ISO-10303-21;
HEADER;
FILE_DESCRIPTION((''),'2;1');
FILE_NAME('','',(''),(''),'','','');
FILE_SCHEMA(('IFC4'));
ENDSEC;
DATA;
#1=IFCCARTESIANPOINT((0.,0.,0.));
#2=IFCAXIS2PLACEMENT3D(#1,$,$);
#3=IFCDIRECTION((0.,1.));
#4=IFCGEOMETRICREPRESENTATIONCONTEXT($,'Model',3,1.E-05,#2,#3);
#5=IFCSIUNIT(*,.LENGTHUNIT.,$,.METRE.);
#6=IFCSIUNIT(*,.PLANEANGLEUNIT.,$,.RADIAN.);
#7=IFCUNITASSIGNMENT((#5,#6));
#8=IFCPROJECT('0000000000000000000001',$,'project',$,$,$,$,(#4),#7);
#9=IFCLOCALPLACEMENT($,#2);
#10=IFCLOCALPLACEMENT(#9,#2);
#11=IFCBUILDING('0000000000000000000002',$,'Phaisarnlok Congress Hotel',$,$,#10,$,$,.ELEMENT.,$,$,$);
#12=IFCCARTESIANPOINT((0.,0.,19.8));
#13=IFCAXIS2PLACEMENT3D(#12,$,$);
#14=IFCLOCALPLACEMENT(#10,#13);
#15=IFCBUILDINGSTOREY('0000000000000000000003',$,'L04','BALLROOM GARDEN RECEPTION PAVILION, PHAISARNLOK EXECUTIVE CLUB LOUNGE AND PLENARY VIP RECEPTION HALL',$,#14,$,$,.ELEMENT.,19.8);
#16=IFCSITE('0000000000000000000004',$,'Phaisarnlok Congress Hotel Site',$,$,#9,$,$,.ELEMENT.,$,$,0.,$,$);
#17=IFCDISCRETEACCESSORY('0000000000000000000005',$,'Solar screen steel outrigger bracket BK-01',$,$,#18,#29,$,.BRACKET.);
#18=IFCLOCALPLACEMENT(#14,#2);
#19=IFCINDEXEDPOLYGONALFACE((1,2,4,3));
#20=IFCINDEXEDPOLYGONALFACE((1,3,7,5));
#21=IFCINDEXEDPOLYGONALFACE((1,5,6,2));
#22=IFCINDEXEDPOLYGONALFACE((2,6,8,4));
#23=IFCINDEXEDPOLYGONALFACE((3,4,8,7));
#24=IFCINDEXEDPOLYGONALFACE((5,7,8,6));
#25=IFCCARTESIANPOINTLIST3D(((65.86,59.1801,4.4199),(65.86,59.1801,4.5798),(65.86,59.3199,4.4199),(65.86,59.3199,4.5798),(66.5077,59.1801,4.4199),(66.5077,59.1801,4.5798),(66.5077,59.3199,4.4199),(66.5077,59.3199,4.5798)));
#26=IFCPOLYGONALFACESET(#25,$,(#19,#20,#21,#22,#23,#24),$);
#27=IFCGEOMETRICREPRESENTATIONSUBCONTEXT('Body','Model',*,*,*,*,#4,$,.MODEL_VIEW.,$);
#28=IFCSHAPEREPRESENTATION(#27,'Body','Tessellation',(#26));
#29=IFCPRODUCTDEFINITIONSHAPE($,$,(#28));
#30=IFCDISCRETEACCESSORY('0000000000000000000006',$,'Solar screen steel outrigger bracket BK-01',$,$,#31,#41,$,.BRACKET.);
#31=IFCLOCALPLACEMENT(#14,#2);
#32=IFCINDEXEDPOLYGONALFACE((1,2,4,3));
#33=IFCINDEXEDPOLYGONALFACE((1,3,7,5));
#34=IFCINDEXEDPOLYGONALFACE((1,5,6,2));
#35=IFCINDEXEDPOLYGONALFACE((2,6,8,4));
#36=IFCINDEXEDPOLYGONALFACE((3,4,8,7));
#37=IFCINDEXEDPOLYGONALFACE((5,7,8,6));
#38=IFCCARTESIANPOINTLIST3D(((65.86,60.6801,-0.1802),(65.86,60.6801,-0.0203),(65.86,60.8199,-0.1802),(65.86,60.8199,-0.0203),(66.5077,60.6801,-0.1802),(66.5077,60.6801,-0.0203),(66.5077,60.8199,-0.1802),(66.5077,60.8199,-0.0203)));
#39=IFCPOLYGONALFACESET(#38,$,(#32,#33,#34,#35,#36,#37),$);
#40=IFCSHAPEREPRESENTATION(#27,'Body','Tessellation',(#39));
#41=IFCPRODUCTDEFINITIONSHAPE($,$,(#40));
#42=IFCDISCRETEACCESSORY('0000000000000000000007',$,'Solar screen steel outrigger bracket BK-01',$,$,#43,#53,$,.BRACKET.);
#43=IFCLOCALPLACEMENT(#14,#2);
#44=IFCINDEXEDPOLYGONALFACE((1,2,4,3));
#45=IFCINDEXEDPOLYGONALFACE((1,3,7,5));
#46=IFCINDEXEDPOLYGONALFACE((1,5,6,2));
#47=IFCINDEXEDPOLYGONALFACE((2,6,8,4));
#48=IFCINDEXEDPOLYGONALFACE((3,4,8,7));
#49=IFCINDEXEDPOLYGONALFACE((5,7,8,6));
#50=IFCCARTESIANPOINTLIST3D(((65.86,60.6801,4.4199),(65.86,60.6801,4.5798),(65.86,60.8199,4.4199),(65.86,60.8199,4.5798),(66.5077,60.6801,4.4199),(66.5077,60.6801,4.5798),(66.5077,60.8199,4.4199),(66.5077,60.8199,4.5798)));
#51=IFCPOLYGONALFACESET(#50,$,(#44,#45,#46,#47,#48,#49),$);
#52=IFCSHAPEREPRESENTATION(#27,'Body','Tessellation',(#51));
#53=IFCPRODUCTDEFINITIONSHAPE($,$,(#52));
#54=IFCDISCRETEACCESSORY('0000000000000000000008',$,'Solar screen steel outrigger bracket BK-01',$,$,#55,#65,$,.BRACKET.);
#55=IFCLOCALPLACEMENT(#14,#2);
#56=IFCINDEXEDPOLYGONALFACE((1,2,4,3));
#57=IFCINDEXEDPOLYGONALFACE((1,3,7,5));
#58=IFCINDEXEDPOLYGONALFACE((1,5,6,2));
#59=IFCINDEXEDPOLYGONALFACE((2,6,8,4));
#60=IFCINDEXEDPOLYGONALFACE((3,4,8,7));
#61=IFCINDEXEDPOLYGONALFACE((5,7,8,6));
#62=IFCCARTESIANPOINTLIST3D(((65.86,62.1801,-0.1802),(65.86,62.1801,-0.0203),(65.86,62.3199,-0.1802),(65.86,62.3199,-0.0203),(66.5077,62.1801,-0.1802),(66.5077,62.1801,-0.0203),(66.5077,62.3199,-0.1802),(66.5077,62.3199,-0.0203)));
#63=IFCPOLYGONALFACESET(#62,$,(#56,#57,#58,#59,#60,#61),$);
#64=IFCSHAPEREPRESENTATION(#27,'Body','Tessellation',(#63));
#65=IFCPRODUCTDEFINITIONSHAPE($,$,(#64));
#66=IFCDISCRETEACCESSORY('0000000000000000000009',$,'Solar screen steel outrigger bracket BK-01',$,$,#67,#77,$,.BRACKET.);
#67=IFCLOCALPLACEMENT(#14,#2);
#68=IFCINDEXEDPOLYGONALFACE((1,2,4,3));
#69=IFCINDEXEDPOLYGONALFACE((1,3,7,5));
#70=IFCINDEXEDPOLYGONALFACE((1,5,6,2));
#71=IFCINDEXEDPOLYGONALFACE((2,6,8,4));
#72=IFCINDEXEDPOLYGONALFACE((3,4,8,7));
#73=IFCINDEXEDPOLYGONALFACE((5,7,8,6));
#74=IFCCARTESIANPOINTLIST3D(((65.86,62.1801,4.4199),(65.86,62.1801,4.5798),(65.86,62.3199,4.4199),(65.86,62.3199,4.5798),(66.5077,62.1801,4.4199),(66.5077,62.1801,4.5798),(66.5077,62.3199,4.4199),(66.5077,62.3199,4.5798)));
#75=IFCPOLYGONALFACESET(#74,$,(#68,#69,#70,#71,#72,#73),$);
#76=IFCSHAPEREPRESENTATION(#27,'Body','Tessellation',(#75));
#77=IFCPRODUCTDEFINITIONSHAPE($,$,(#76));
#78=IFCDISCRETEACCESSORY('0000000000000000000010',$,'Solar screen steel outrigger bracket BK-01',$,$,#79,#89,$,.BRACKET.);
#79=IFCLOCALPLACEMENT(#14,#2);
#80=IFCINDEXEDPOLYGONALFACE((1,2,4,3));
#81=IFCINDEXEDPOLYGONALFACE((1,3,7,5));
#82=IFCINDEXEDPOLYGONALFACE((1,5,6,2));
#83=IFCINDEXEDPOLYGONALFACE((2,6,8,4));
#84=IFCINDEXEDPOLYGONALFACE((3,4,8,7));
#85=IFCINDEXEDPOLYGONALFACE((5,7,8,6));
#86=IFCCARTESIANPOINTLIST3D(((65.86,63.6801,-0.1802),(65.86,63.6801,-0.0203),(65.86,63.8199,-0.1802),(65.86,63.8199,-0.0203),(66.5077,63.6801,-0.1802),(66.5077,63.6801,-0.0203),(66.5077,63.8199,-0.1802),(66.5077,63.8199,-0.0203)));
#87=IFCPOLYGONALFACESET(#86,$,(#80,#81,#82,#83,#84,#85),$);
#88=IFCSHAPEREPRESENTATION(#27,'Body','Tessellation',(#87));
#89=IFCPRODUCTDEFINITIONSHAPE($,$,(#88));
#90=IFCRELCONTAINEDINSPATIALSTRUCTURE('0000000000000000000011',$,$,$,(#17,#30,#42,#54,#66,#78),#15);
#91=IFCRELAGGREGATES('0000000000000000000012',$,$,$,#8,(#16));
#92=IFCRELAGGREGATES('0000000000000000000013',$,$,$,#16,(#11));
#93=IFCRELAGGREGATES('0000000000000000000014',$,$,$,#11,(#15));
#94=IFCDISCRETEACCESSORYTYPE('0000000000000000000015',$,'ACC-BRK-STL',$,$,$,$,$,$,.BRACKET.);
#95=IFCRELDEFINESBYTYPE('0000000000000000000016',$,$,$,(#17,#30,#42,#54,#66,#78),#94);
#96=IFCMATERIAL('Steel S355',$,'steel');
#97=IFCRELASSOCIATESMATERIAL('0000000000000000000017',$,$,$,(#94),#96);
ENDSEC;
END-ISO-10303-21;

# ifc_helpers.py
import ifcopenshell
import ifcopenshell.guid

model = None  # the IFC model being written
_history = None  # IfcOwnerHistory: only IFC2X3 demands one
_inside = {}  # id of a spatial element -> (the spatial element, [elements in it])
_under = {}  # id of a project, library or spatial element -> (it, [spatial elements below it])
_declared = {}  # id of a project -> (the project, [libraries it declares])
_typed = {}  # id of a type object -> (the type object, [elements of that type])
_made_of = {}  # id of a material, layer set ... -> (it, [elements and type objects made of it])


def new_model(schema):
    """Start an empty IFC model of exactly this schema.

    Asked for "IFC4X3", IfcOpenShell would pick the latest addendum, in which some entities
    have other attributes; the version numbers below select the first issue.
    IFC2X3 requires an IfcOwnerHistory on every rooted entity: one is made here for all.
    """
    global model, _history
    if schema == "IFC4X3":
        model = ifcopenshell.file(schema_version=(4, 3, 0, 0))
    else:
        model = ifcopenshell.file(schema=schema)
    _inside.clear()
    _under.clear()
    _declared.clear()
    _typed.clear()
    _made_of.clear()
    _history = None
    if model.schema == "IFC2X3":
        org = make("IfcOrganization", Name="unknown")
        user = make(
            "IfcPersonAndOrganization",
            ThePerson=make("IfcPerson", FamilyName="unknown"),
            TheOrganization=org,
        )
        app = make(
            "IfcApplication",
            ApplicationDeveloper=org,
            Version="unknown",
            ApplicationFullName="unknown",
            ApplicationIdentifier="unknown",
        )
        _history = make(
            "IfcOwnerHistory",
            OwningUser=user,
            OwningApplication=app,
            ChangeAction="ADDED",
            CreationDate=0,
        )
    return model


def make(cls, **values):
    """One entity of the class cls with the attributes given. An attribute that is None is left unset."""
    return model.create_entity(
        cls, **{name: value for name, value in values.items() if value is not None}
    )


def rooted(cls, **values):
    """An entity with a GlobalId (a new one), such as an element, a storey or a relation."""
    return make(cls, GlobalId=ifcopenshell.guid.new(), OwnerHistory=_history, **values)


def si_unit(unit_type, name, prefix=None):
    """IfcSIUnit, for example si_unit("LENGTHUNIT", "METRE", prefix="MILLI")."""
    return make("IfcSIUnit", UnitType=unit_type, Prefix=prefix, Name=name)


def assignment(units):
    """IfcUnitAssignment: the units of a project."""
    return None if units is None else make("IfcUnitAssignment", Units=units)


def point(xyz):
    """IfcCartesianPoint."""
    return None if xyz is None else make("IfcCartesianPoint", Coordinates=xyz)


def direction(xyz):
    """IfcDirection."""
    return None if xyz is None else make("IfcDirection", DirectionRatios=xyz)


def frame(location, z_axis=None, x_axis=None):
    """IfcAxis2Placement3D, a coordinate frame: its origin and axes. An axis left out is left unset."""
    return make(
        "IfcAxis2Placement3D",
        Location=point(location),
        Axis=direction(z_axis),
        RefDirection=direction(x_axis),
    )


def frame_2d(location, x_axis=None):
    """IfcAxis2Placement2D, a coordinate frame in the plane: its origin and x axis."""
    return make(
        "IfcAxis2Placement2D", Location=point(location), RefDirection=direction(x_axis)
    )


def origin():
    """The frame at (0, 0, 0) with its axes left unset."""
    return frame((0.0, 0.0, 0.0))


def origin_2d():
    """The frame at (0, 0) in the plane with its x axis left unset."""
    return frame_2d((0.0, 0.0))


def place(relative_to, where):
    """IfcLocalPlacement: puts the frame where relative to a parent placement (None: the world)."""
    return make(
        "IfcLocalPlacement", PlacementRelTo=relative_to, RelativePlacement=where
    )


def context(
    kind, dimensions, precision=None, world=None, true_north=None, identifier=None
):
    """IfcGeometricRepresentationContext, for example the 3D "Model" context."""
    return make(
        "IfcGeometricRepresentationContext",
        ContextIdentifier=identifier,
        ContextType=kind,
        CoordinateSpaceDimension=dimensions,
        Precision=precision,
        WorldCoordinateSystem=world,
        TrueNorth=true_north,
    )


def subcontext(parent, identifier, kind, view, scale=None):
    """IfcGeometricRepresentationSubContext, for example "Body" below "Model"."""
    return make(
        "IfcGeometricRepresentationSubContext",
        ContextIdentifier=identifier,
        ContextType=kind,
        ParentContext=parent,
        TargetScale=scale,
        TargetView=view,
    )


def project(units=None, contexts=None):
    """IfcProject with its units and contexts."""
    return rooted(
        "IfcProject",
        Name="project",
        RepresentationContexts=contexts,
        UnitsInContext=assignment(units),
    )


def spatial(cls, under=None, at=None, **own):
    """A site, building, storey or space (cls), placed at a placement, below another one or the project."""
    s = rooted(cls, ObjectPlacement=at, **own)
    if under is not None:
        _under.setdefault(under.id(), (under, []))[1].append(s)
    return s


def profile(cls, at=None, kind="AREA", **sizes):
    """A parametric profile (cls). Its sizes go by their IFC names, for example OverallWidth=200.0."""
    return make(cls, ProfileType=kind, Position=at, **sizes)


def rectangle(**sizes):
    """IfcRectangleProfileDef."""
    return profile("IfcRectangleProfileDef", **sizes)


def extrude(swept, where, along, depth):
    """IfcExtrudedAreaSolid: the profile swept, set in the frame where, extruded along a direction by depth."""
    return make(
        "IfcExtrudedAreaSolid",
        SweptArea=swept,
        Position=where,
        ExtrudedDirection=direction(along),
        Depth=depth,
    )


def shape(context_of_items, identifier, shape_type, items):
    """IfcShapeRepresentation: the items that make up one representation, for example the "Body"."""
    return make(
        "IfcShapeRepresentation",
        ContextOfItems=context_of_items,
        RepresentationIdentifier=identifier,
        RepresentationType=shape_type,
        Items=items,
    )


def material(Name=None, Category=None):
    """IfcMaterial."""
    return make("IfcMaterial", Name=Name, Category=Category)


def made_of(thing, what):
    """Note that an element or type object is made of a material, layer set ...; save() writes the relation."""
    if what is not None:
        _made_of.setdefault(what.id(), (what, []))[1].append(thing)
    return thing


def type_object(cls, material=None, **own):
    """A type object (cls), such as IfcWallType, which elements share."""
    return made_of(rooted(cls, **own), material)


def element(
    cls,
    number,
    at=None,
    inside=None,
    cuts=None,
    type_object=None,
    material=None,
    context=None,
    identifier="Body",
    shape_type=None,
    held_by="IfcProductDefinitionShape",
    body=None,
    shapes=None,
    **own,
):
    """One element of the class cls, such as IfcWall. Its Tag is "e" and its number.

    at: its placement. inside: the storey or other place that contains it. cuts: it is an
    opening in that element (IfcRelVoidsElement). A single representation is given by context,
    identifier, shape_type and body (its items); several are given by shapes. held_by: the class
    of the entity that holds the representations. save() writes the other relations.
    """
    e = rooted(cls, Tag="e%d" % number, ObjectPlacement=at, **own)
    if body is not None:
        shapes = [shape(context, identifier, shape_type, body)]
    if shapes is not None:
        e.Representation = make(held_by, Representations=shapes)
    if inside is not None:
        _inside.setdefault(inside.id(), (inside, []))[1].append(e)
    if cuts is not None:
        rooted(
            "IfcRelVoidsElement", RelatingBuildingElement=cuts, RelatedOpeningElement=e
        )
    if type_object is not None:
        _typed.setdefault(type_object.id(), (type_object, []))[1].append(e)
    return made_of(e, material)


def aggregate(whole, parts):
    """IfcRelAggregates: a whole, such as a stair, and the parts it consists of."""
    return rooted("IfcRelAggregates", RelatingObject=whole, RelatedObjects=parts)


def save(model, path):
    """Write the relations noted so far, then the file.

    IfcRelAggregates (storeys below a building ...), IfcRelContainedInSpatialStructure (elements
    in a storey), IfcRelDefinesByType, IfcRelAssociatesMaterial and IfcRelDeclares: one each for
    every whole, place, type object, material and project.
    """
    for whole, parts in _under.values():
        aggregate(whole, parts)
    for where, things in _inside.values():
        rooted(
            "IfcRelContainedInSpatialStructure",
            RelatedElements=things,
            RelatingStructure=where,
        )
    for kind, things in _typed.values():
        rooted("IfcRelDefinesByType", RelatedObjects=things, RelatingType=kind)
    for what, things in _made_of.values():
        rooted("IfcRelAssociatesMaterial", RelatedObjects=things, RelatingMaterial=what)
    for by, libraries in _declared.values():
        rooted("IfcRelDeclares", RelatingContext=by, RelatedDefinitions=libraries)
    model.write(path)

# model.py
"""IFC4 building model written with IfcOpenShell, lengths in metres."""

from ifc_helpers import new_model, si_unit, direction, frame, origin, origin_2d, place, context, subcontext, project, spatial, rectangle, extrude, material, type_object, element, save


model = new_model("IFC4")

# Units and contexts
model_context = context("Model", 3, precision=1e-05, world=origin(), true_north=direction((0.0, 1.0)))
body_context = subcontext(model_context, "Body", "Model", "MODEL_VIEW")
ifc_project = project(units=[si_unit("LENGTHUNIT", "METRE"), si_unit("PLANEANGLEUNIT", "RADIAN")], contexts=[model_context])

# Site, building, storey
site_placement = place(None, origin())
site = spatial("IfcSite", under=ifc_project, at=site_placement, Name="Phaisarnlok Congress Hotel Site", CompositionType="ELEMENT", RefElevation=0.0)
building_placement = place(site_placement, origin())
building = spatial("IfcBuilding", under=site, at=building_placement, Name="Phaisarnlok Congress Hotel", CompositionType="ELEMENT")
storey_placement = place(building_placement, frame((0.0, 0.0, 19.8)))
storey = spatial("IfcBuildingStorey", under=building, at=storey_placement, Name="L04", Description="BALLROOM GARDEN RECEPTION PAVILION, PHAISARNLOK EXECUTIVE CLUB LOUNGE AND PLENARY VIP RECEPTION HALL", CompositionType="ELEMENT", Elevation=19.8)

# Shared definitions
ifc_material = material(Name="Steel S355", Category="steel")

# Discrete accessories
discrete_accessory_type = type_object("IfcDiscreteAccessoryType", Name="ACC-BRK-STL", PredefinedType="BRACKET", material=ifc_material)
for number, where, z_axis, x_axis, name in (
    (1, (66.1838, 59.25, 4.4199), (0.0, 0.0, 1.0), (1.0, 0.0, 0.0), "Solar screen steel outrigger bracket BK-01"),
    (2, (66.1838, 60.75, -0.1802), (0.0, 0.0, 1.0), (1.0, 0.0, 0.0), "Solar screen steel outrigger bracket BK-01"),
    (3, (66.1838, 60.75, 4.4199), (0.0, 0.0, 1.0), (1.0, 0.0, 0.0), "Solar screen steel outrigger bracket BK-01"),
    (4, (66.1838, 62.25, -0.1802), (0.0, 0.0, 1.0), (1.0, 0.0, 0.0), "Solar screen steel outrigger bracket BK-01"),
    (5, (66.1838, 62.25, 4.4199), (0.0, 0.0, 1.0), (1.0, 0.0, 0.0), "Solar screen steel outrigger bracket BK-01"),
    (6, (66.1838, 63.75, -0.1802), (0.0, 0.0, 1.0), (1.0, 0.0, 0.0), "Solar screen steel outrigger bracket BK-01"),
):
    element("IfcDiscreteAccessory", number, at=place(storey_placement, frame(where, z_axis=z_axis, x_axis=x_axis)), inside=storey, type_object=discrete_accessory_type, Name=name, PredefinedType="BRACKET", context=body_context, shape_type="SweptSolid", body=[
        extrude(rectangle(XDim=0.6477, YDim=0.1399, at=origin_2d()), origin(), (0.0, 0.0, 1.0), 0.1599),
    ])

save(model, "model.ifc")
